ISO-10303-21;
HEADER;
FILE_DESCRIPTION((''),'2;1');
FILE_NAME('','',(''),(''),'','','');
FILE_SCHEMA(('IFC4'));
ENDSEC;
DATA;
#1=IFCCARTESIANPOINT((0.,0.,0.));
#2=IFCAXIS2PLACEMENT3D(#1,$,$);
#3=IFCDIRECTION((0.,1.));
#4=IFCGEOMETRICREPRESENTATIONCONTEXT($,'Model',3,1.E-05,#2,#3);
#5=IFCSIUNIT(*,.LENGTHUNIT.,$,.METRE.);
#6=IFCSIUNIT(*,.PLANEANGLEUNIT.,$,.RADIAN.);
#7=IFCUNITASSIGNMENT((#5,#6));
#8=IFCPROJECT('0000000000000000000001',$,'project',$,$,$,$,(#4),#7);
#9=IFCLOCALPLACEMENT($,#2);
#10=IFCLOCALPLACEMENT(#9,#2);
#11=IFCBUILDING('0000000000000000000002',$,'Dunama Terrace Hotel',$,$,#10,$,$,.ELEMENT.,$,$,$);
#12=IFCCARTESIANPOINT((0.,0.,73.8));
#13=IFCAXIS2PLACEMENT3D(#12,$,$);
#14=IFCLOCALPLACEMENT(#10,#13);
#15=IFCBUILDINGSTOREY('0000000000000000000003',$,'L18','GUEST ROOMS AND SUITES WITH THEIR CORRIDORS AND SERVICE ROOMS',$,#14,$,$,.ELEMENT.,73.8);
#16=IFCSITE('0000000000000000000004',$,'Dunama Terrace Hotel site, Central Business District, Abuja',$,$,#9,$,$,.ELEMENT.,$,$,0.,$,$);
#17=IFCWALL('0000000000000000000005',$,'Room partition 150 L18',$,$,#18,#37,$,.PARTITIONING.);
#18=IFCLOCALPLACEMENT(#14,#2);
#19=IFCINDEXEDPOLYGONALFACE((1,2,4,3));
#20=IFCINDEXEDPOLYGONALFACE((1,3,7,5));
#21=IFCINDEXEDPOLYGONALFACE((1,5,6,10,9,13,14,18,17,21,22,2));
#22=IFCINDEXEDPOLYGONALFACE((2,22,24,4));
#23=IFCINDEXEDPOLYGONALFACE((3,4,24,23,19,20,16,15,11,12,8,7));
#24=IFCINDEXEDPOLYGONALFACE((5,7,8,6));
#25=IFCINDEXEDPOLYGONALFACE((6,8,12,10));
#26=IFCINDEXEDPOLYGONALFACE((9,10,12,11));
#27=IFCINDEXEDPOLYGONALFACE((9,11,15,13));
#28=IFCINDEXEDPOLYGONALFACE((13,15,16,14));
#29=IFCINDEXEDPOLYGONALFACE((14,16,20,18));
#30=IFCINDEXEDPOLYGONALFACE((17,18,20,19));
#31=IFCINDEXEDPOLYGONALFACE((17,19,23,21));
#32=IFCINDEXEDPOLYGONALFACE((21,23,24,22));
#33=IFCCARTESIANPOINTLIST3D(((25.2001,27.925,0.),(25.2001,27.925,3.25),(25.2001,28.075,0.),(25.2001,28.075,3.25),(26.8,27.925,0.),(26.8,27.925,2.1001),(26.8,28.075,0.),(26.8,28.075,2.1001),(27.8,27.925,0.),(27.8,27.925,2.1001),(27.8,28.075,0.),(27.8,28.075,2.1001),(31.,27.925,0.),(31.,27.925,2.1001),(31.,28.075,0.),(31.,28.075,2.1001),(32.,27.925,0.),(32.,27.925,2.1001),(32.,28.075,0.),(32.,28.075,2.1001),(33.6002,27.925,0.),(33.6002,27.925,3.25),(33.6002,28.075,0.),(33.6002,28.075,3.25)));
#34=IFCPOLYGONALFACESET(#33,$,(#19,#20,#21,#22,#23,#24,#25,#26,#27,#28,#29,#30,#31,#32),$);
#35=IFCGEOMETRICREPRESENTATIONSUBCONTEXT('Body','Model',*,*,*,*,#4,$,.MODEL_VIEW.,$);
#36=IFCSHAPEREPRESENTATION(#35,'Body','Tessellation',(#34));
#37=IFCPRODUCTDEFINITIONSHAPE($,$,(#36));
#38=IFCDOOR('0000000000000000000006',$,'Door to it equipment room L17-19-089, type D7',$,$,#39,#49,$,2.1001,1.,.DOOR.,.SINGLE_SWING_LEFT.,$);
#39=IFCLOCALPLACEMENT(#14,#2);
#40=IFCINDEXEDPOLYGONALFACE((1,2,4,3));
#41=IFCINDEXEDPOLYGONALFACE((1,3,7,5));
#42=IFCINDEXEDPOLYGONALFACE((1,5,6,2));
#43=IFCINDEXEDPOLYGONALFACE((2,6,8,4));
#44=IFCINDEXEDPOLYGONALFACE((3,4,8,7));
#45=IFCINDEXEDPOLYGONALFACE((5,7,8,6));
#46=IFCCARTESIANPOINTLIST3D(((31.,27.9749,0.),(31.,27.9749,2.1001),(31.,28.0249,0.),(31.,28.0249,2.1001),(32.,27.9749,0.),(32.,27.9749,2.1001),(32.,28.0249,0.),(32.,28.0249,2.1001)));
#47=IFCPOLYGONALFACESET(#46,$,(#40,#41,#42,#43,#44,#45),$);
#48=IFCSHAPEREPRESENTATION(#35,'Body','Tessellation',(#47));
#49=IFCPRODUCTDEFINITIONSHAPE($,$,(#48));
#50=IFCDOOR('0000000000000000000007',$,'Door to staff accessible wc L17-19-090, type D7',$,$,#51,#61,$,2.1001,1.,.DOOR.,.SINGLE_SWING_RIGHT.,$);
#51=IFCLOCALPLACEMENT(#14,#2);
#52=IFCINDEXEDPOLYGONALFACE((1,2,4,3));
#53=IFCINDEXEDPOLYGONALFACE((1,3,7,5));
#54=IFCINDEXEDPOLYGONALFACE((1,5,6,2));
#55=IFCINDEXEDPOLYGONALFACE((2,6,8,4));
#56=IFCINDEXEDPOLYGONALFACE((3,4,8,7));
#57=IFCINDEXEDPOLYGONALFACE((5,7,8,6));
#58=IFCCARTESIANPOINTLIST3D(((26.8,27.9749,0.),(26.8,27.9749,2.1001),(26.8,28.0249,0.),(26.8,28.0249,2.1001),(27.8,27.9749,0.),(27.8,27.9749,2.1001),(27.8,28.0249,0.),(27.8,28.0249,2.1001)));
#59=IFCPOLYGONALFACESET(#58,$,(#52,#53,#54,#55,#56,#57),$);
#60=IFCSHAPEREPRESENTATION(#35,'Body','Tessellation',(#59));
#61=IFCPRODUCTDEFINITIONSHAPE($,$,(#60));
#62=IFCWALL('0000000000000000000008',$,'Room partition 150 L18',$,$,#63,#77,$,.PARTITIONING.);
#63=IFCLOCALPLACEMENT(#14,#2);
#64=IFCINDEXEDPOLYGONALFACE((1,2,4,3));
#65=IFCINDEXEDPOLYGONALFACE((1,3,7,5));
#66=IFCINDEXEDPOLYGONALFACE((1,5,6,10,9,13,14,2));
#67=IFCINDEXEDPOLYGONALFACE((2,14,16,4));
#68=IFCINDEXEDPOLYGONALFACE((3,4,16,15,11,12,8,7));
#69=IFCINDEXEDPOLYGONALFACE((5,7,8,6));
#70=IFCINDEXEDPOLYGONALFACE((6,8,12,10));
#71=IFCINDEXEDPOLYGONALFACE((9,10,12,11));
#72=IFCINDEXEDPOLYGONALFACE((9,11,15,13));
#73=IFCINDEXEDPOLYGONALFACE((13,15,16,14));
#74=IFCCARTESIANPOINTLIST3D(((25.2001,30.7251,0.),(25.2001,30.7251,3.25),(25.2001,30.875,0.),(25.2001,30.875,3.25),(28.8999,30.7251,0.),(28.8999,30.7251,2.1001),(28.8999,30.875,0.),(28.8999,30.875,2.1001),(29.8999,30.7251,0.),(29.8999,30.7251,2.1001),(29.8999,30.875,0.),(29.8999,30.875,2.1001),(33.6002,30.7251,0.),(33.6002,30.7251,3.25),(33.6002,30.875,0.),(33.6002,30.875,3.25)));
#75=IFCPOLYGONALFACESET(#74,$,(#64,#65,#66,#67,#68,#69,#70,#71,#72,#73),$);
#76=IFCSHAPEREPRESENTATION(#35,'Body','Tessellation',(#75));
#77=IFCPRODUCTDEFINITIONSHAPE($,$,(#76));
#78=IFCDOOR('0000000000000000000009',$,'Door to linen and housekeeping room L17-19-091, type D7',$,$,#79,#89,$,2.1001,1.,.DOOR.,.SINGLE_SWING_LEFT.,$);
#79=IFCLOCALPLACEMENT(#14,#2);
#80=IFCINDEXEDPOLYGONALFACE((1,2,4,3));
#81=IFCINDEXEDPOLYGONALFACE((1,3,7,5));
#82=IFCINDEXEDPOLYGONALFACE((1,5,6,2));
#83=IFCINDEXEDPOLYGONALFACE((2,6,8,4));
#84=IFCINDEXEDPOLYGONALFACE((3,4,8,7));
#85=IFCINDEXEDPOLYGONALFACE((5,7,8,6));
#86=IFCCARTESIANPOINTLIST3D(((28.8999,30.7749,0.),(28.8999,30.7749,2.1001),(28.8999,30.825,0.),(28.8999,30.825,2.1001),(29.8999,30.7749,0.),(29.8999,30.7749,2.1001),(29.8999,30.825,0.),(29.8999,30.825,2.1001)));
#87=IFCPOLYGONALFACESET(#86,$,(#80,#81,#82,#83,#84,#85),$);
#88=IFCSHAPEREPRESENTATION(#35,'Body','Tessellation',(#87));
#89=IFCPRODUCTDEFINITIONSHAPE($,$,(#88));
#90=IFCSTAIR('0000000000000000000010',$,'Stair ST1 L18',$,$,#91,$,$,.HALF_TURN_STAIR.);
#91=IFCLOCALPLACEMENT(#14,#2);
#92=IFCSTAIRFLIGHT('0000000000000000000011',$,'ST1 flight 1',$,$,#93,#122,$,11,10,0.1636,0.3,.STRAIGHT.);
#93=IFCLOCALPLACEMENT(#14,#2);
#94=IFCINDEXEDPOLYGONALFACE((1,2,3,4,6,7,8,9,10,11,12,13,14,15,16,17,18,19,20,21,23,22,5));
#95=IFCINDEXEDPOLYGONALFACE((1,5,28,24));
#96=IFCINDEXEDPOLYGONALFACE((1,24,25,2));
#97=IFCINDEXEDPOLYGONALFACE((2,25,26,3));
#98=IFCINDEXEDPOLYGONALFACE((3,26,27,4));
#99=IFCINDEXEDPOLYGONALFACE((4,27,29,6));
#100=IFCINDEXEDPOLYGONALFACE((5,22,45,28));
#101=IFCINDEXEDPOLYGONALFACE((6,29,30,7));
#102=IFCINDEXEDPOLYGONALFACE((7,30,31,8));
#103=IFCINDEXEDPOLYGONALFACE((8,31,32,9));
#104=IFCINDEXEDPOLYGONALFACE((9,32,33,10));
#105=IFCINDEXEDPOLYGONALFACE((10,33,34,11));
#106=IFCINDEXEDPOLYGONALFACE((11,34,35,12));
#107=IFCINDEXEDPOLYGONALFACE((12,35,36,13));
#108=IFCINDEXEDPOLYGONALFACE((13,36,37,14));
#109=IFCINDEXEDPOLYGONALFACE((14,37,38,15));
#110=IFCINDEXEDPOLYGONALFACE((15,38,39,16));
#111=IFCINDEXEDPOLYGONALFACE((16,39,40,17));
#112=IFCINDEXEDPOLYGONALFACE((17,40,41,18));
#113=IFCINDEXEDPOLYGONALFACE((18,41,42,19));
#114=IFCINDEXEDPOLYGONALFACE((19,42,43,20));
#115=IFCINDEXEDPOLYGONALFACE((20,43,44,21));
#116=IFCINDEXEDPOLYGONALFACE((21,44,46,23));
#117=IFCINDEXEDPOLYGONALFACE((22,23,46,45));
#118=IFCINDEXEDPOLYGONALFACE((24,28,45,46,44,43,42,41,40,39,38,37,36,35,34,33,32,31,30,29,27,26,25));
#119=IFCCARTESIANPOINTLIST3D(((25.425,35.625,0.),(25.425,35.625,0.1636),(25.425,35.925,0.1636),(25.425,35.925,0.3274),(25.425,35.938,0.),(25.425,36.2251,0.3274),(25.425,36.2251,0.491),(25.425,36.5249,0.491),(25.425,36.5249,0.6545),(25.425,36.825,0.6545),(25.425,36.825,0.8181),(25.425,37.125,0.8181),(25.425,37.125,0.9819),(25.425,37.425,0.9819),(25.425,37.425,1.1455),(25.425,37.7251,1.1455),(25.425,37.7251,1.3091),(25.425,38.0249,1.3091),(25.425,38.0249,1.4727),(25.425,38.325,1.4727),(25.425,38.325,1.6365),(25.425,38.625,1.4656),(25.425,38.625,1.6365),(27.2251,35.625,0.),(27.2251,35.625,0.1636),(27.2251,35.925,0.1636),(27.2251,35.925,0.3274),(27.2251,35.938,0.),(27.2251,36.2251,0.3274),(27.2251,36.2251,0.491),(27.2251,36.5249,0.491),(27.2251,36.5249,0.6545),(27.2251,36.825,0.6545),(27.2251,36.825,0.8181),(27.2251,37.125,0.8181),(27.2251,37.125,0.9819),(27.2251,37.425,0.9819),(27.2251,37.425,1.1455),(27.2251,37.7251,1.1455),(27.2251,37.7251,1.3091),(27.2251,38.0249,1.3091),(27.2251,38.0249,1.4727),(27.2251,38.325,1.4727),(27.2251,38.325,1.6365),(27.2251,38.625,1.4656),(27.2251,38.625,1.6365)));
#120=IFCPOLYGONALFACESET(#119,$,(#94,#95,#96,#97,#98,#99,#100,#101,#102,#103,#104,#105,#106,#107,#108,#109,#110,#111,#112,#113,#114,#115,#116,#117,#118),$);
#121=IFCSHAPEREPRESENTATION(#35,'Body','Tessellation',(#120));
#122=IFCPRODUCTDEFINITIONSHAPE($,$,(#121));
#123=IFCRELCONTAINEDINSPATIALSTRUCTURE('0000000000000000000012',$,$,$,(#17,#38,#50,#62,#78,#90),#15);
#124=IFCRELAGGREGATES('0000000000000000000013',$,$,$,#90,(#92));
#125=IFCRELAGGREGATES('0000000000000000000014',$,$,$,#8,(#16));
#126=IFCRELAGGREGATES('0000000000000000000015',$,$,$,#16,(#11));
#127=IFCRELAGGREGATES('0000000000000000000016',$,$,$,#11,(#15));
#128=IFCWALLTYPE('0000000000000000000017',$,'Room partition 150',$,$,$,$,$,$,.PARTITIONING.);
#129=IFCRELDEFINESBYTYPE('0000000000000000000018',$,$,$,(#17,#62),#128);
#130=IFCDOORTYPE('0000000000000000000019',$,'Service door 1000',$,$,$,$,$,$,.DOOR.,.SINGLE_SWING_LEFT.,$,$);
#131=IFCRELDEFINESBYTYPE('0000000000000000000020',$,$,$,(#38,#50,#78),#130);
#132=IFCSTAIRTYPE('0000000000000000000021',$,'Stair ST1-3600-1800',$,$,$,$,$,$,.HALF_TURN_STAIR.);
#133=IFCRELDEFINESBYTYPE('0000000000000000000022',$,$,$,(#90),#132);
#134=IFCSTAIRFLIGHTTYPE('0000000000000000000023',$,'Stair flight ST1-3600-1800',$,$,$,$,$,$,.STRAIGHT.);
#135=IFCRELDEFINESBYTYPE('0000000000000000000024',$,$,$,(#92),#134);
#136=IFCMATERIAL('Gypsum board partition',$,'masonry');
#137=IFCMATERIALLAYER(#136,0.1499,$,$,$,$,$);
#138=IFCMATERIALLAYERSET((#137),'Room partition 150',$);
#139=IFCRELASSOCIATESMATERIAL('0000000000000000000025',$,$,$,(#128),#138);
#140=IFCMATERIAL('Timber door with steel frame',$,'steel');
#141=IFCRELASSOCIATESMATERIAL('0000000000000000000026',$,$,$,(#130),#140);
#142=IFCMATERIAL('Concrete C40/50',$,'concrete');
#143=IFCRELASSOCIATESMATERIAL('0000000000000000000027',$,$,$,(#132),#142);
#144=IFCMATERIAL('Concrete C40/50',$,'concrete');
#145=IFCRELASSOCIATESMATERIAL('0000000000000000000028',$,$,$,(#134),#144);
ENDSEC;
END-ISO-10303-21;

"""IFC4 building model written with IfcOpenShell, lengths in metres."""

from ifc_helpers import new_model, si_unit, direction, frame, frame_2d, origin, place, context, subcontext, project, spatial, polyline, rectangle, outline, extrude, material, layer, layer_set, type_object, element, fill, aggregate, save


model = new_model("IFC4")

# Units and contexts
model_context = context("Model", 3, precision=1e-05, world=origin(), true_north=direction((0.0, 1.0)))
body_context = subcontext(model_context, "Body", "Model", "MODEL_VIEW")
ifc_project = project(units=[si_unit("LENGTHUNIT", "METRE"), si_unit("PLANEANGLEUNIT", "RADIAN")], contexts=[model_context])

# Site, building, storey
site_placement = place(None, origin())
site = spatial("IfcSite", under=ifc_project, at=site_placement, Name="Dunama Terrace Hotel site, Central Business District, Abuja", CompositionType="ELEMENT", RefElevation=0.0)
building_placement = place(site_placement, origin())
building = spatial("IfcBuilding", under=site, at=building_placement, Name="Dunama Terrace Hotel", CompositionType="ELEMENT")
storey_placement = place(building_placement, frame((0.0, 0.0, 73.8)))
storey = spatial("IfcBuildingStorey", under=building, at=storey_placement, Name="L18", Description="GUEST ROOMS AND SUITES WITH THEIR CORRIDORS AND SERVICE ROOMS", CompositionType="ELEMENT", Elevation=73.8)

# Wall, openings, doors
ifc_material_1 = material(Name="Gypsum board partition", Category="masonry")
ifc_layer_1 = layer(ifc_material_1, 0.1499)
ifc_layer_set_1 = layer_set([ifc_layer_1], Name="Room partition 150")
wall_type_1 = type_object("IfcWallType", Name="Room partition 150", PredefinedType="PARTITIONING", material=ifc_layer_set_1)
wall_1_placement = place(storey_placement, frame((25.2, 28.0, 0.0), z_axis=(0.0, 0.0, 1.0), x_axis=(1.0, 0.0, 0.0)))
wall_1 = element("IfcWall", 1, at=wall_1_placement, inside=storey, type_object=wall_type_1, Name="Room partition 150 L18", PredefinedType="PARTITIONING", context=body_context, shape_type="SweptSolid", body=[
    extrude(rectangle(XDim=8.4001, YDim=0.1499, at=frame_2d((4.2002, 0.0))), origin(), (0.0, 0.0, 1.0), 3.25),
])
opening_1_placement = place(wall_1_placement, frame((5.8, 0.0, 0.0)))
opening_1 = element("IfcOpeningElement", 2, at=opening_1_placement, cuts=wall_1, PredefinedType="OPENING", context=body_context, shape_type="SweptSolid", body=[
    extrude(rectangle(XDim=1.0, YDim=2.1001, at=frame_2d((0.5, 1.05))), frame((0.0, 0.085, 0.0), z_axis=(0.0, -1.0, 0.0), x_axis=(1.0, 0.0, 0.0)), (0.0, 0.0, 1.0), 0.1699),
])
opening_2_placement = place(wall_1_placement, frame((1.6001, 0.0, 0.0)))
opening_2 = element("IfcOpeningElement", 3, at=opening_2_placement, cuts=wall_1, PredefinedType="OPENING", context=body_context, shape_type="SweptSolid", body=[
    extrude(rectangle(XDim=1.0, YDim=2.1001, at=frame_2d((0.5, 1.05))), frame((0.0, 0.085, 0.0), z_axis=(0.0, -1.0, 0.0), x_axis=(1.0, 0.0, 0.0)), (0.0, 0.0, 1.0), 0.1699),
])
ifc_material_2 = material(Name="Timber door with steel frame", Category="steel")
door_type_1 = type_object("IfcDoorType", Name="Service door 1000", OperationType="SINGLE_SWING_LEFT", PredefinedType="DOOR", material=ifc_material_2)
door_1_placement = place(opening_1_placement, frame((1.0, 0.0, 0.0), z_axis=(0.0, 0.0, 1.0), x_axis=(-1.0, 0.0, 0.0)))
door_1 = element("IfcDoor", 4, at=door_1_placement, inside=storey, type_object=door_type_1, Name="Door to it equipment room L17-19-089, type D7", OperationType="SINGLE_SWING_LEFT", OverallHeight=2.1001, OverallWidth=1.0, PredefinedType="DOOR", context=body_context, shape_type="SweptSolid", body=[
    extrude(rectangle(XDim=1.0, YDim=2.1001, at=frame_2d((0.5, 1.05))), frame((0.0, 0.0251, 0.0), z_axis=(0.0, -1.0, 0.0), x_axis=(1.0, 0.0, 0.0)), (0.0, 0.0, 1.0), 0.05),
])
fill(opening_1, door_1)
door_2_placement = place(opening_2_placement, frame((1.0, 0.0, 0.0), z_axis=(0.0, 0.0, 1.0), x_axis=(-1.0, 0.0, 0.0)))
door_2 = element("IfcDoor", 5, at=door_2_placement, inside=storey, type_object=door_type_1, Name="Door to staff accessible wc L17-19-090, type D7", OperationType="SINGLE_SWING_RIGHT", OverallHeight=2.1001, OverallWidth=1.0, PredefinedType="DOOR", context=body_context, shape_type="SweptSolid", body=[
    extrude(rectangle(XDim=1.0, YDim=2.1001, at=frame_2d((0.5, 1.05))), frame((0.0, 0.0251, 0.0), z_axis=(0.0, -1.0, 0.0), x_axis=(1.0, 0.0, 0.0)), (0.0, 0.0, 1.0), 0.05),
])
fill(opening_2, door_2)

# Wall, opening, door
wall_2_placement = place(storey_placement, frame((25.2, 30.8, 0.0), z_axis=(0.0, 0.0, 1.0), x_axis=(1.0, 0.0, 0.0)))
wall_2 = element("IfcWall", 6, at=wall_2_placement, inside=storey, type_object=wall_type_1, Name="Room partition 150 L18", PredefinedType="PARTITIONING", context=body_context, shape_type="SweptSolid", body=[
    extrude(rectangle(XDim=8.4001, YDim=0.1499, at=frame_2d((4.2002, 0.0))), origin(), (0.0, 0.0, 1.0), 3.25),
])
opening_3_placement = place(wall_2_placement, frame((3.7, 0.0, 0.0)))
opening_3 = element("IfcOpeningElement", 7, at=opening_3_placement, cuts=wall_2, PredefinedType="OPENING", context=body_context, shape_type="SweptSolid", body=[
    extrude(rectangle(XDim=1.0, YDim=2.1001, at=frame_2d((0.5, 1.05))), frame((0.0, 0.085, 0.0), z_axis=(0.0, -1.0, 0.0), x_axis=(1.0, 0.0, 0.0)), (0.0, 0.0, 1.0), 0.1699),
])
door_3_placement = place(opening_3_placement, origin())
door_3 = element("IfcDoor", 8, at=door_3_placement, inside=storey, type_object=door_type_1, Name="Door to linen and housekeeping room L17-19-091, type D7", OperationType="SINGLE_SWING_LEFT", OverallHeight=2.1001, OverallWidth=1.0, PredefinedType="DOOR", context=body_context, shape_type="SweptSolid", body=[
    extrude(rectangle(XDim=1.0, YDim=2.1001, at=frame_2d((0.5, 1.05))), frame((0.0, 0.0249, 0.0), z_axis=(0.0, -1.0, 0.0), x_axis=(1.0, 0.0, 0.0)), (0.0, 0.0, 1.0), 0.05),
])
fill(opening_3, door_3)

# Stair, stair flight
ifc_material_3 = material(Name="Concrete C40/50", Category="concrete")
stair_type = type_object("IfcStairType", Name="Stair ST1-3600-1800", PredefinedType="HALF_TURN_STAIR", material=ifc_material_3)
stair_placement = place(storey_placement, origin())
stair = element("IfcStair", 9, at=stair_placement, inside=storey, type_object=stair_type, Name="Stair ST1 L18", PredefinedType="HALF_TURN_STAIR")
ifc_material_4 = material(Name="Concrete C40/50", Category="concrete")
stair_flight_type = type_object("IfcStairFlightType", Name="Stair flight ST1-3600-1800", PredefinedType="STRAIGHT", material=ifc_material_4)
stair_flight_placement = place(storey_placement, frame((26.325, 35.625, 0.0), z_axis=(0.0, 0.0, 1.0), x_axis=(0.0, 1.0, 0.0)))
stair_flight = element("IfcStairFlight", 10, at=stair_flight_placement, type_object=stair_flight_type, Name="ST1 flight 1", NumberOfRisers=11, NumberOfTreads=10, PredefinedType="STRAIGHT", RiserHeight=0.1636, TreadLength=0.3, context=body_context, shape_type="SweptSolid", body=[
    extrude(outline(polyline([(0.0, 0.0), (0.0, 0.1636), (0.3, 0.1636), (0.3, 0.3274), (0.6001, 0.3274), (0.6001, 0.491), (0.8999, 0.491), (0.8999, 0.6545), (1.2, 0.6545), (1.2, 0.8181), (1.5, 0.8181), (1.5, 0.9819), (1.8, 0.9819), (1.8, 1.1455), (2.1001, 1.1455), (2.1001, 1.3091), (2.3999, 1.3091), (2.3999, 1.4727), (2.7, 1.4727), (2.7, 1.6365), (3.0, 1.6365), (3.0, 1.8), (3.0, 1.4656), (0.313, 0.0), (0.0, 0.0)])), frame((0.0, 0.8999, 0.0), z_axis=(0.0, -1.0, 0.0), x_axis=(1.0, 0.0, 0.0)), (0.0, 0.0, 1.0), 1.8),
])
aggregate(stair, [stair_flight])

save(model, "model.ifc")
